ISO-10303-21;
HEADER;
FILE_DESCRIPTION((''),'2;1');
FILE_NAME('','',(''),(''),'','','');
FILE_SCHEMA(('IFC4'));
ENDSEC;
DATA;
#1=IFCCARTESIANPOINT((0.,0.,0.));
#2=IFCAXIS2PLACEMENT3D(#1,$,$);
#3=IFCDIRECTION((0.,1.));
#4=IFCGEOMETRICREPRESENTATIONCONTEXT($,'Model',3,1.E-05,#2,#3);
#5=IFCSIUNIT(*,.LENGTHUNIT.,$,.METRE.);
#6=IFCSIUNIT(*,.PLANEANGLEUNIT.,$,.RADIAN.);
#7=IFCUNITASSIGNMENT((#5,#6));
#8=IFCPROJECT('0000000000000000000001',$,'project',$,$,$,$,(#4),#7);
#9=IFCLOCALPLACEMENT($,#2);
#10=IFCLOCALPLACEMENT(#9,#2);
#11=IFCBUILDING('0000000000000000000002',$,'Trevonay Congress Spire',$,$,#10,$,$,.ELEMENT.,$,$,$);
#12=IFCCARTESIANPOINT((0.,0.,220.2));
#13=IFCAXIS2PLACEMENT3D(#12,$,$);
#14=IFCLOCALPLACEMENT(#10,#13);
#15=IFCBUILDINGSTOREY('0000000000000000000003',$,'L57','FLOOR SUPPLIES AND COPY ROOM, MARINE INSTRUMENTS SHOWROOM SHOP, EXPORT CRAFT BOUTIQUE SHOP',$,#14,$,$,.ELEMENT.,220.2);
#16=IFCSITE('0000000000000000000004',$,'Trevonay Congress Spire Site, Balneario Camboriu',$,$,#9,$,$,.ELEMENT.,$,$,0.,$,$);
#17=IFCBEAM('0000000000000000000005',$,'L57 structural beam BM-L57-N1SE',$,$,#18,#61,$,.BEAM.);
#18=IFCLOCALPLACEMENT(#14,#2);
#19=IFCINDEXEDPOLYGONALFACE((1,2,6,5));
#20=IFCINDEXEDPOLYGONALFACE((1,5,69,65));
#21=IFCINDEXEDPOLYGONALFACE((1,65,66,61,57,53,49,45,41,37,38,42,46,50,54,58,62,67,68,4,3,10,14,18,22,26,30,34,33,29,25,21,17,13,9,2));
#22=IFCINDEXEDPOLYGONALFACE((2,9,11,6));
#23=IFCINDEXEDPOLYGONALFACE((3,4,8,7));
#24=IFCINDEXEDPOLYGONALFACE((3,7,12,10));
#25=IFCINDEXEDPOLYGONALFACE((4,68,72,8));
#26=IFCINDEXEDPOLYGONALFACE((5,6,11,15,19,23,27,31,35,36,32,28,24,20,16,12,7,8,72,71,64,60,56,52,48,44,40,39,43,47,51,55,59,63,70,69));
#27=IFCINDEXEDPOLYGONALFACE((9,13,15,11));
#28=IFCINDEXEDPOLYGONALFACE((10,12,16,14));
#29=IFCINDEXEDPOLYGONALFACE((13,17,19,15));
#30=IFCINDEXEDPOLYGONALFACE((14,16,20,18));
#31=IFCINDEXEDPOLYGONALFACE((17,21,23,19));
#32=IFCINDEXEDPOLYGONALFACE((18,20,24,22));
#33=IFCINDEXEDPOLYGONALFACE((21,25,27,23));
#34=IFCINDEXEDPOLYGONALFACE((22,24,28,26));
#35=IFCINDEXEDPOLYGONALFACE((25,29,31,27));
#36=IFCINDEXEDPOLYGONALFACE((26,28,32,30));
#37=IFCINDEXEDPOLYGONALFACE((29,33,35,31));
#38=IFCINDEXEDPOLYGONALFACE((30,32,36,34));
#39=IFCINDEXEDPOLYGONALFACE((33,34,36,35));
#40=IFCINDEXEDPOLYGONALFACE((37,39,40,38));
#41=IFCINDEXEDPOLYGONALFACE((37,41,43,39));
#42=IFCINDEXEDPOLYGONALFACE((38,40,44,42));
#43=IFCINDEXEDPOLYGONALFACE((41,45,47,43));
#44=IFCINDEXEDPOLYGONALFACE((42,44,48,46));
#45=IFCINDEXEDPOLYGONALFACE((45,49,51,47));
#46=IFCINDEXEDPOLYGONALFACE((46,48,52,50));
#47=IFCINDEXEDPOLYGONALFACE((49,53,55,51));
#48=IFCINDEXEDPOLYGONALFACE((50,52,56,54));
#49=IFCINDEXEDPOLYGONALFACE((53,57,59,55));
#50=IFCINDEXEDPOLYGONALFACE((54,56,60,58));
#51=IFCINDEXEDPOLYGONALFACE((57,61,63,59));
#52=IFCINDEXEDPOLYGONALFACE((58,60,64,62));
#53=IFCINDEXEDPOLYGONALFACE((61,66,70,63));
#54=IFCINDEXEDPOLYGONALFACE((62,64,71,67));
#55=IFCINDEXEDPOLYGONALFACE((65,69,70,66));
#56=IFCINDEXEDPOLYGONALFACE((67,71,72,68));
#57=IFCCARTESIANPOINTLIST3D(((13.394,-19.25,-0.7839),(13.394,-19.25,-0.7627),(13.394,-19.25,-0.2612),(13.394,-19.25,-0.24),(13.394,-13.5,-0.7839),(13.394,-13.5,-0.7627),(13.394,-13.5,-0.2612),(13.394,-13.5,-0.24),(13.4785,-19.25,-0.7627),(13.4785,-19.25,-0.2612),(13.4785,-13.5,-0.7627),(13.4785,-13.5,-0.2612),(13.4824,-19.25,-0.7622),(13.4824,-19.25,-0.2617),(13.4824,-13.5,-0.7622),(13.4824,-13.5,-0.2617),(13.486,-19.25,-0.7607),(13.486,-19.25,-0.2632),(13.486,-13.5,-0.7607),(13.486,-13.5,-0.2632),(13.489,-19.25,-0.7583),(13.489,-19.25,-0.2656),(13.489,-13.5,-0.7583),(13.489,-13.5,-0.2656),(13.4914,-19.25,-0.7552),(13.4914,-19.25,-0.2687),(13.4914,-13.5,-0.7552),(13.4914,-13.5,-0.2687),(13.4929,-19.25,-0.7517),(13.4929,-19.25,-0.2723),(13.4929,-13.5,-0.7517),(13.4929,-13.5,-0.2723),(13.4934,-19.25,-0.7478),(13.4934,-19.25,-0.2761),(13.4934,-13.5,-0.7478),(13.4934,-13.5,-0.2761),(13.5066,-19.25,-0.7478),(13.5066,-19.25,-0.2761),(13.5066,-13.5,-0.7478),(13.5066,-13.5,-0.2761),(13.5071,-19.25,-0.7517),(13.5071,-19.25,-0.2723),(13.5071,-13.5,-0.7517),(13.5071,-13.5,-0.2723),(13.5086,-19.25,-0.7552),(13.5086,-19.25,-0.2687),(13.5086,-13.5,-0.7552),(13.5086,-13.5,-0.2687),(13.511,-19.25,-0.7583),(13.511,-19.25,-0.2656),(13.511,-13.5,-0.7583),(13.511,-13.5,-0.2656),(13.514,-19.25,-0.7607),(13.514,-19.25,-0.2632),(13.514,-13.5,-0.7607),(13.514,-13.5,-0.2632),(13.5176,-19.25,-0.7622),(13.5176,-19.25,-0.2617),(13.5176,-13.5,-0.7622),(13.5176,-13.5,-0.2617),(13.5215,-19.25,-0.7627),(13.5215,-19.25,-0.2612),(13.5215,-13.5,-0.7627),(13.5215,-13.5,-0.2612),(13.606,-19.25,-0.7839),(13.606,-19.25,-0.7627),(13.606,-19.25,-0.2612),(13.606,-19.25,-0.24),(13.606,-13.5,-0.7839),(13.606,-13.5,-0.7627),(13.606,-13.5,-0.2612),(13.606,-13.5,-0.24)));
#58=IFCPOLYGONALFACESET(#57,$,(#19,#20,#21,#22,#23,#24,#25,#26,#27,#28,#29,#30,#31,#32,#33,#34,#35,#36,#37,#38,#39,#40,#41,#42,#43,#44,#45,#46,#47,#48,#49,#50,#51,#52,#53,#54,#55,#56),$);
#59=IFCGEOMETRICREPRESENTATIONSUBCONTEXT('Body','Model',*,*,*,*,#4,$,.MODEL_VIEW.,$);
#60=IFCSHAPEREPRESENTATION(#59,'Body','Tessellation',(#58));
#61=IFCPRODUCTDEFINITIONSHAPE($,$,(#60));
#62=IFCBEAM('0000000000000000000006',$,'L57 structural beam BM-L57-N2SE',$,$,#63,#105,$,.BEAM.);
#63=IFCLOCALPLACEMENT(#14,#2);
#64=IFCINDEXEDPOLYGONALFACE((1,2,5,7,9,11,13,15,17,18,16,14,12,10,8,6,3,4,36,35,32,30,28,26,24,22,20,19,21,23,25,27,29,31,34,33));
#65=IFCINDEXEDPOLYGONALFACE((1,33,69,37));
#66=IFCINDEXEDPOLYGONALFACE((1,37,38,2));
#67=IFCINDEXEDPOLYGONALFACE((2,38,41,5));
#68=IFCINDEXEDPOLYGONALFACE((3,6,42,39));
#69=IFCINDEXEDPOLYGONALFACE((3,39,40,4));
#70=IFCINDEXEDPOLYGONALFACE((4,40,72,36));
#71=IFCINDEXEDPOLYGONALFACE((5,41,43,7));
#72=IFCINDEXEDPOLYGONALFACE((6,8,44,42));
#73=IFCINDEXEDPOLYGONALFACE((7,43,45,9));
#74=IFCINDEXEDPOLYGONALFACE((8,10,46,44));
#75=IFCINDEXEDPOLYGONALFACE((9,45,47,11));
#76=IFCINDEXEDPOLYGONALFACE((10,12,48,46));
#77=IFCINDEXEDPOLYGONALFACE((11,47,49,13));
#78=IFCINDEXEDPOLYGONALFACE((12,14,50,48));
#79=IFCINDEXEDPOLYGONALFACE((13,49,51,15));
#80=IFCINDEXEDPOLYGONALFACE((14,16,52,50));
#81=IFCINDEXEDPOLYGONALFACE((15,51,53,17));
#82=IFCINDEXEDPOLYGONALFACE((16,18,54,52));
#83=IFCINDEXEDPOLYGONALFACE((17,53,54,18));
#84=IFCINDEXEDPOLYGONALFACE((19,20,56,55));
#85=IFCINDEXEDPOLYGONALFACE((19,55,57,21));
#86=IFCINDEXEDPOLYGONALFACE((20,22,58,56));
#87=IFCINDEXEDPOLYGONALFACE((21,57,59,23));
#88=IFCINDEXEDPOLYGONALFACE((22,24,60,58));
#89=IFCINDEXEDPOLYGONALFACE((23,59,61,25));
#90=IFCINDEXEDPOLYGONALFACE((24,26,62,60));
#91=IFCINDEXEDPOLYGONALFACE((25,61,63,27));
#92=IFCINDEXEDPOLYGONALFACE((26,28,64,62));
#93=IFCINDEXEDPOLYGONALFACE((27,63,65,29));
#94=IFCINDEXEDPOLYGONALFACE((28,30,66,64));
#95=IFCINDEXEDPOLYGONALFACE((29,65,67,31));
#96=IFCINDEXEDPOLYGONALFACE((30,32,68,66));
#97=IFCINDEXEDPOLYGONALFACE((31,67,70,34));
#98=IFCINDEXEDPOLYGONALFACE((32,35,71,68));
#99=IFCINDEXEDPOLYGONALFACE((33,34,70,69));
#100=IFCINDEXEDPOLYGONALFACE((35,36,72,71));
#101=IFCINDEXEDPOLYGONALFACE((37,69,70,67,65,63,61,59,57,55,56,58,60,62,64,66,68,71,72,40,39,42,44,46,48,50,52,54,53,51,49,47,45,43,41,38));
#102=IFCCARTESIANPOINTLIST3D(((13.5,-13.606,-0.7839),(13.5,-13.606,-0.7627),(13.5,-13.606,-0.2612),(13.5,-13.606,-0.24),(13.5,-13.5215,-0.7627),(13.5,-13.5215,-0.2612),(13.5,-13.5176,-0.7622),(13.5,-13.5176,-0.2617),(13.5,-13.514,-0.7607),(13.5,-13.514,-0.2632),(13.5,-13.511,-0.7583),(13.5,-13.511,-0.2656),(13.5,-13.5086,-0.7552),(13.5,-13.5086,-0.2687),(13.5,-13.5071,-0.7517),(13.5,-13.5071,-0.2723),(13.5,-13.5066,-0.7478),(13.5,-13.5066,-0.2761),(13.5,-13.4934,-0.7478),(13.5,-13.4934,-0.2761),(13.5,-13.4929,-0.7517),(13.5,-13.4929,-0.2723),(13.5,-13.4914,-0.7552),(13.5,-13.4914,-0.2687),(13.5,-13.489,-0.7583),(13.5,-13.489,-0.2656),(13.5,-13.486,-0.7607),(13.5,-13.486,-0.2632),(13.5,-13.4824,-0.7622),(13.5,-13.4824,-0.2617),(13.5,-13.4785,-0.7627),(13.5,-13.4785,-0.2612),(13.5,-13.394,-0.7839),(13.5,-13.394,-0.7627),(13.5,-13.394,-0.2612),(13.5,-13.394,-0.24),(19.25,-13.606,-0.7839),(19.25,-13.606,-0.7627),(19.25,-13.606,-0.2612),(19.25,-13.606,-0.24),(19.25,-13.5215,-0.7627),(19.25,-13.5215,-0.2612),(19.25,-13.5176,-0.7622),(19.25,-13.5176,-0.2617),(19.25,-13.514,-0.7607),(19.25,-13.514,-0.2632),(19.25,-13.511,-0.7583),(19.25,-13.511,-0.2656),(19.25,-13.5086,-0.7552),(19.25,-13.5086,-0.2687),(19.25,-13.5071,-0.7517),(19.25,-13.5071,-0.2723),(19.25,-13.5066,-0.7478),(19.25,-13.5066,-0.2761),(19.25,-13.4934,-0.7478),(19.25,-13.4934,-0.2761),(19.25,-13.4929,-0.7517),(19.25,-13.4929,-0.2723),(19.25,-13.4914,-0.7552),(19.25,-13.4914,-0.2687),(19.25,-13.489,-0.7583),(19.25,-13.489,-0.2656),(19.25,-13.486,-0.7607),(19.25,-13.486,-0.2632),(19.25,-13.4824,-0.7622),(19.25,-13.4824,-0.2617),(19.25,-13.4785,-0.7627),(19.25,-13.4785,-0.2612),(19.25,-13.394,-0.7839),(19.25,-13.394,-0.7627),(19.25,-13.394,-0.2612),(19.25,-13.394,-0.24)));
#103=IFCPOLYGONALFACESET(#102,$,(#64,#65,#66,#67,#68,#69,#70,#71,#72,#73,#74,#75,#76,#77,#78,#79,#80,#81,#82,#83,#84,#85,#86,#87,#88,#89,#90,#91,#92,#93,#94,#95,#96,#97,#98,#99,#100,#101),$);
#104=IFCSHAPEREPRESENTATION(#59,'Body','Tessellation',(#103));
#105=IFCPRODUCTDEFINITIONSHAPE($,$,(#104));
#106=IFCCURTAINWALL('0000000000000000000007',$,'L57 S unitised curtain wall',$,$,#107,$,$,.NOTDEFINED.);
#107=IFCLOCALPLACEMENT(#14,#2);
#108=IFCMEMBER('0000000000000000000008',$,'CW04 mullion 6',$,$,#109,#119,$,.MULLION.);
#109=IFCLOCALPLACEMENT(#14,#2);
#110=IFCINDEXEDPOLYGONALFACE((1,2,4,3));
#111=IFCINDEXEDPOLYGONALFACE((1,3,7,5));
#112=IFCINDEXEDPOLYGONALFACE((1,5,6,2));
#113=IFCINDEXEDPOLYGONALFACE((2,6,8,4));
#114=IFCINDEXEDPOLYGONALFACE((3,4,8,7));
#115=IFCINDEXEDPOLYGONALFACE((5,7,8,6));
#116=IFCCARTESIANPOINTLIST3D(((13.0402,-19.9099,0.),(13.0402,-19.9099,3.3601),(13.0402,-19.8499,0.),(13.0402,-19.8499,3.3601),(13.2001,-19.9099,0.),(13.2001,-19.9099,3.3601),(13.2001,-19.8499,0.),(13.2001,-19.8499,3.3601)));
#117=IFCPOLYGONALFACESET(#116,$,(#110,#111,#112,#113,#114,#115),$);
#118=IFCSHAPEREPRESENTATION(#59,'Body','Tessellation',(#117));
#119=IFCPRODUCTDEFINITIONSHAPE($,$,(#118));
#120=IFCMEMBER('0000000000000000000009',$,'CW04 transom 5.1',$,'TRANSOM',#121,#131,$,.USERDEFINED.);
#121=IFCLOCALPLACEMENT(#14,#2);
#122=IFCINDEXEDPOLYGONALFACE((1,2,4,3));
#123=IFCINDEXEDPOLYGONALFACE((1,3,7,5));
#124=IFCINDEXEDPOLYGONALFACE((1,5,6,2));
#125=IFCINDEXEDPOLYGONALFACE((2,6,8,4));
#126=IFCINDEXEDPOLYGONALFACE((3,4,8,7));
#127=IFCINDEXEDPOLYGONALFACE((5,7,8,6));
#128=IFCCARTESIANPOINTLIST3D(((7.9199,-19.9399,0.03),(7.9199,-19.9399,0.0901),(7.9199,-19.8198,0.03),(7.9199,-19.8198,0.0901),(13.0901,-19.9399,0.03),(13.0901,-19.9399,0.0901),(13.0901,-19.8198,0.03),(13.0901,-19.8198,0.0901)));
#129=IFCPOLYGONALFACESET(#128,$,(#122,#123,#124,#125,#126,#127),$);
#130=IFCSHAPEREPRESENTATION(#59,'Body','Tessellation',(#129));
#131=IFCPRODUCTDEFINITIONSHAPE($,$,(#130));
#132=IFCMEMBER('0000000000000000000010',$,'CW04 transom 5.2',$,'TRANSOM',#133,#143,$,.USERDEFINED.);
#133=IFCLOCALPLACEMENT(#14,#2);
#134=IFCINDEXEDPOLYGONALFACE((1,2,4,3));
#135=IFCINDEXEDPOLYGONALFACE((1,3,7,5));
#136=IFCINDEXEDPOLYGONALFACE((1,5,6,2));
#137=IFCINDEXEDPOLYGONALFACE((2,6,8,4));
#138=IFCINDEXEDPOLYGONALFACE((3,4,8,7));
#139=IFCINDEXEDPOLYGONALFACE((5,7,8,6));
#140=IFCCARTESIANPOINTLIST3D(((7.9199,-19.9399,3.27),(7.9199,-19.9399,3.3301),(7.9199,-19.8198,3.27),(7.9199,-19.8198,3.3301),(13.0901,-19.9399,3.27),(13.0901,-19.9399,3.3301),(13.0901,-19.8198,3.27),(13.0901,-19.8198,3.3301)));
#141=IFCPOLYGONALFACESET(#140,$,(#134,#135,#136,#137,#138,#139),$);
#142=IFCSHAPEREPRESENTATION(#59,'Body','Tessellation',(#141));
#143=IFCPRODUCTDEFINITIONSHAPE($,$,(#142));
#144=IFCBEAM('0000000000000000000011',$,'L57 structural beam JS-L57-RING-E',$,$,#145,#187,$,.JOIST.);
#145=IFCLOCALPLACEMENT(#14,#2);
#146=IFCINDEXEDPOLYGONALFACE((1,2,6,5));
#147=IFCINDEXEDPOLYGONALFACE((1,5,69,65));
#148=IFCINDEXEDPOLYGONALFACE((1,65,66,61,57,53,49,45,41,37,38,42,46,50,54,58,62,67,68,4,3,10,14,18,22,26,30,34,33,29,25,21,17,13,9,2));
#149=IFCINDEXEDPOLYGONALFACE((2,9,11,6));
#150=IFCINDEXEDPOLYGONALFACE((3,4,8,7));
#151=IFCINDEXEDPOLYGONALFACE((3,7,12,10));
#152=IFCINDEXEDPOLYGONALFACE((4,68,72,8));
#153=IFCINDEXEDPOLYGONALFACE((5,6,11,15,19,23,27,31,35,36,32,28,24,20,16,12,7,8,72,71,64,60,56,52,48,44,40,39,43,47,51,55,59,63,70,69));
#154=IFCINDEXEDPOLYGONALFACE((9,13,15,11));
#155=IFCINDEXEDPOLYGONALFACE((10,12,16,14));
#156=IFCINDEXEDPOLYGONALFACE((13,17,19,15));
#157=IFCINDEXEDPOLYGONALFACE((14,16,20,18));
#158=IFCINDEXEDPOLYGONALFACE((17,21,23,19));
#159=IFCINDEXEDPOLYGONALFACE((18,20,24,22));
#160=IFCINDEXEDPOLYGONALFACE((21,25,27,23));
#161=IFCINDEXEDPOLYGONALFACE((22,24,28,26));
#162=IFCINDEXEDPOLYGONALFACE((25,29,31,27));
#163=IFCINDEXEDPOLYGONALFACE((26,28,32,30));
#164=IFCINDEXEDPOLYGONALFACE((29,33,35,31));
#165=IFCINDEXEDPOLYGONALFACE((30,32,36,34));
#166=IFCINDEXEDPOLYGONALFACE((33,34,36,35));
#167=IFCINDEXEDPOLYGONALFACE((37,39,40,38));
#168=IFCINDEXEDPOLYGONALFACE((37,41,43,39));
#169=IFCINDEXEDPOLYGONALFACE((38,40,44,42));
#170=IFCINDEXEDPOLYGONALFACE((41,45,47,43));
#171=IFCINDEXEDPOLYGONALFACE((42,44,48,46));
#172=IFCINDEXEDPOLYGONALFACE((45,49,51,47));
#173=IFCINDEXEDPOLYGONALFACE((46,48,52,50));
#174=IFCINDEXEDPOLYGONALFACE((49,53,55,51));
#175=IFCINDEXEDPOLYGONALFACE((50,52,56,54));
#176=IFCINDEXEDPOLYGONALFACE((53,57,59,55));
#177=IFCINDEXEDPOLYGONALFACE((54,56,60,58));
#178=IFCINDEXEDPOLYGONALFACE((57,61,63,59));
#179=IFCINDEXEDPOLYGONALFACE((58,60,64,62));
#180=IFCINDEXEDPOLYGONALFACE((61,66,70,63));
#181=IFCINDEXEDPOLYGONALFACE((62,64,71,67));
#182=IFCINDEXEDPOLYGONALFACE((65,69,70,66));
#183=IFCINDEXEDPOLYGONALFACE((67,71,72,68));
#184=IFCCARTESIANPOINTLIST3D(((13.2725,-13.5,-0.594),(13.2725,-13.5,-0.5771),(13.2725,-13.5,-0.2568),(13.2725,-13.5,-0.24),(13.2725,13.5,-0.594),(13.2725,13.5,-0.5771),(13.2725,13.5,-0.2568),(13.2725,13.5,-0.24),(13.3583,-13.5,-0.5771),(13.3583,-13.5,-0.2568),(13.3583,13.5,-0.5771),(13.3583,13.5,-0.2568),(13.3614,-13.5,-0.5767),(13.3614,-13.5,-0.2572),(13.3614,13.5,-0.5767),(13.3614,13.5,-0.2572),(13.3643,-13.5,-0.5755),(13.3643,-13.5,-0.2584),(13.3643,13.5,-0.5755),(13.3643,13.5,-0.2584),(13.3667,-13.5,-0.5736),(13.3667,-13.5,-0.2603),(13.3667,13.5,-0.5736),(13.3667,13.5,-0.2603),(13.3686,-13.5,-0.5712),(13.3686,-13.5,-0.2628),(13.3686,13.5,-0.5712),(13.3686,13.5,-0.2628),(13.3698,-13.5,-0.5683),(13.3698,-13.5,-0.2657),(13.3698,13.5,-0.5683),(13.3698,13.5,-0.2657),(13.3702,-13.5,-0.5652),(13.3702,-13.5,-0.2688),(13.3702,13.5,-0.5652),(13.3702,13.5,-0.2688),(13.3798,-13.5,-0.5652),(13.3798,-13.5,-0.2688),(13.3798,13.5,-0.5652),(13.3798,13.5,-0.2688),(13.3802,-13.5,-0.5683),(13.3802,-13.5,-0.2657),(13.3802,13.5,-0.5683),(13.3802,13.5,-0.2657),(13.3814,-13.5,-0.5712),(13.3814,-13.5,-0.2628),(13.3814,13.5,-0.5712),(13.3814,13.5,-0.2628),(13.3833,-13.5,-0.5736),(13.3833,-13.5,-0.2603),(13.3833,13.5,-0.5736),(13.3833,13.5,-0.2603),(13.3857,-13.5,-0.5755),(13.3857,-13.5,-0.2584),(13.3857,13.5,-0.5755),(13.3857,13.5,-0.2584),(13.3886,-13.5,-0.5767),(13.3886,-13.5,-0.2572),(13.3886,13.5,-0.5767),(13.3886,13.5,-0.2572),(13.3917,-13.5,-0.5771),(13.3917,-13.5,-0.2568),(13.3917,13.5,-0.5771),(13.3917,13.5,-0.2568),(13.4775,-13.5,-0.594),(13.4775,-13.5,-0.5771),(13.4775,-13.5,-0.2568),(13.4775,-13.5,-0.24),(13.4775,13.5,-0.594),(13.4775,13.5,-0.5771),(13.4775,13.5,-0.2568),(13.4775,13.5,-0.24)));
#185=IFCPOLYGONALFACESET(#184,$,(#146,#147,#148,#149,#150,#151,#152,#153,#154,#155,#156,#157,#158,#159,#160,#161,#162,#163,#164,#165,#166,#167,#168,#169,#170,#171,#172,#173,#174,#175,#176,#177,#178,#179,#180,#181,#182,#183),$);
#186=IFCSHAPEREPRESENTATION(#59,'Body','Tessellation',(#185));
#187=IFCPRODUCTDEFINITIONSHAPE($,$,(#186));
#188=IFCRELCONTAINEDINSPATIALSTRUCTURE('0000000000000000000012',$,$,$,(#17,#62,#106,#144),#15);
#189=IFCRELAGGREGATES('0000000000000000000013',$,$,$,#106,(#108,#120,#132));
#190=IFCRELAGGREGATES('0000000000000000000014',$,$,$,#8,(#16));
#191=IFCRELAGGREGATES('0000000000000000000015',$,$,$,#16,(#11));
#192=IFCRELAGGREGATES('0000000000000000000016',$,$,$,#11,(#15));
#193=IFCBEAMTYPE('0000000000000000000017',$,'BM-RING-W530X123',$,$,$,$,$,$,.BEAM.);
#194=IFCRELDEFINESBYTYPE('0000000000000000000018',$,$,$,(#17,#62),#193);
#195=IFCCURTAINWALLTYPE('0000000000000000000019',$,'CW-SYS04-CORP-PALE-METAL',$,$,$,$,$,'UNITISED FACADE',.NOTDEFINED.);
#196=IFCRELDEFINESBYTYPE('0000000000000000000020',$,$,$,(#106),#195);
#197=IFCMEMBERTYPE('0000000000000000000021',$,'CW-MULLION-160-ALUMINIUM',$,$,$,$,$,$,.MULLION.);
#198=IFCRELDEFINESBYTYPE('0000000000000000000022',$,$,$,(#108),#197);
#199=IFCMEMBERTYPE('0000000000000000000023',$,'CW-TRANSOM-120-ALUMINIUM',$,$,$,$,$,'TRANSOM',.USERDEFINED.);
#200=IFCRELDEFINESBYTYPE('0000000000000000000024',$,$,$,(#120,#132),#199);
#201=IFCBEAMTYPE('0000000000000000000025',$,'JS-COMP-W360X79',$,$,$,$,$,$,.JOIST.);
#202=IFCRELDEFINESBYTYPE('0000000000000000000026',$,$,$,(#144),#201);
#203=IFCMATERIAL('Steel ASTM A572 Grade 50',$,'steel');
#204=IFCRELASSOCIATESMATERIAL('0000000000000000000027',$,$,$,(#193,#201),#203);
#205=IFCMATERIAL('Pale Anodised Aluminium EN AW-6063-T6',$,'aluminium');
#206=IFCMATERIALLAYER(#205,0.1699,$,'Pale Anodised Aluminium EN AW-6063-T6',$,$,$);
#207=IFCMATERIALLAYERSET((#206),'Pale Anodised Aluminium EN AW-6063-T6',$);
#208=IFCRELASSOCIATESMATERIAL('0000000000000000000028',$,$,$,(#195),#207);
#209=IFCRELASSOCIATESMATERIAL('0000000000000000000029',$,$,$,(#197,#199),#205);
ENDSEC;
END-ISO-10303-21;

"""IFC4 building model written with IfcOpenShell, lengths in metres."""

from ifc_helpers import new_model, si_unit, direction, frame, origin, origin_2d, place, context, subcontext, project, spatial, rectangle, i_section, extrude, material, layer, layer_set, material_profile, profile_set, type_object, element, aggregate, save


model = new_model("IFC4")

# Units and contexts
model_context = context("Model", 3, precision=1e-05, world=origin(), true_north=direction((0.0, 1.0)))
body_context = subcontext(model_context, "Body", "Model", "MODEL_VIEW")
ifc_project = project(units=[si_unit("LENGTHUNIT", "METRE"), si_unit("PLANEANGLEUNIT", "RADIAN")], contexts=[model_context])

# Site, building, storey
site_placement = place(None, origin())
site = spatial("IfcSite", under=ifc_project, at=site_placement, Name="Trevonay Congress Spire Site, Balneario Camboriu", CompositionType="ELEMENT", RefElevation=0.0)
building_placement = place(site_placement, origin())
building = spatial("IfcBuilding", under=site, at=building_placement, Name="Trevonay Congress Spire", CompositionType="ELEMENT")
storey_placement = place(building_placement, frame((0.0, 0.0, 220.2)))
storey = spatial("IfcBuildingStorey", under=building, at=storey_placement, Name="L57", Description="FLOOR SUPPLIES AND COPY ROOM, MARINE INSTRUMENTS SHOWROOM SHOP, EXPORT CRAFT BOUTIQUE SHOP", CompositionType="ELEMENT", Elevation=220.2)

# Shared definitions
ifc_material_1 = material(Name="Steel ASTM A572 Grade 50", Category="steel")

# Beams
ifc_material_profile_1 = material_profile(ifc_material_1, i_section(OverallWidth=0.2119, OverallDepth=0.5439, WebThickness=0.0132, FlangeThickness=0.0212, FilletRadius=0.0149, at=origin_2d()), Name="W530x123")
ifc_profile_set_1 = profile_set([ifc_material_profile_1], Name="Steel ASTM A572 Grade 50")
beam_type_1 = type_object("IfcBeamType", Name="BM-RING-W530X123", PredefinedType="BEAM", material=ifc_profile_set_1)
for number, where, z_axis, x_axis, name in (
    (1, (13.5, -19.25, -0.512), (0.0, 1.0, 0.0), (-1.0, 0.0, 0.0), "L57 structural beam BM-L57-N1SE"),
    (2, (19.25, -13.5, -0.512), (-1.0, 0.0, 0.0), (0.0, -1.0, 0.0), "L57 structural beam BM-L57-N2SE"),
):
    element("IfcBeam", number, at=place(storey_placement, frame(where, z_axis=z_axis, x_axis=x_axis)), inside=storey, type_object=beam_type_1, Name=name, PredefinedType="BEAM", context=body_context, shape_type="SweptSolid", body=[
        extrude(i_section(OverallWidth=0.2119, OverallDepth=0.5439, WebThickness=0.0132, FlangeThickness=0.0212, FilletRadius=0.0149, at=origin_2d()), origin(), (0.0, 0.0, 1.0), 5.75),
    ])

# Curtain wall, members
ifc_material_2 = material(Name="Pale Anodised Aluminium EN AW-6063-T6", Category="aluminium")
ifc_layer_1 = layer(ifc_material_2, 0.1699, Name="Pale Anodised Aluminium EN AW-6063-T6")
ifc_layer_set_1 = layer_set([ifc_layer_1], Name="Pale Anodised Aluminium EN AW-6063-T6")
curtain_wall_type = type_object("IfcCurtainWallType", Name="CW-SYS04-CORP-PALE-METAL", ElementType="UNITISED FACADE", PredefinedType="NOTDEFINED", material=ifc_layer_set_1)
curtain_wall_placement = place(storey_placement, origin())
curtain_wall = element("IfcCurtainWall", 3, at=curtain_wall_placement, inside=storey, type_object=curtain_wall_type, Name="L57 S unitised curtain wall", PredefinedType="NOTDEFINED")
ifc_material_profile_2 = material_profile(ifc_material_2, rectangle(XDim=0.0601, YDim=0.1599, at=origin_2d()), Name="CW-MULLION-160-ALUMINIUM")
ifc_profile_set_2 = profile_set([ifc_material_profile_2], Name="Pale Anodised Aluminium EN AW-6063-T6")
member_type_1 = type_object("IfcMemberType", Name="CW-MULLION-160-ALUMINIUM", PredefinedType="MULLION", material=ifc_profile_set_2)
member_1_placement = place(storey_placement, frame((13.1201, -19.8799, 0.0), z_axis=(0.0, 0.0, 1.0), x_axis=(0.0, 1.0, 0.0)))
member_1 = element("IfcMember", 4, at=member_1_placement, type_object=member_type_1, Name="CW04 mullion 6", PredefinedType="MULLION", context=body_context, shape_type="SweptSolid", body=[
    extrude(rectangle(XDim=0.0601, YDim=0.1599, at=origin_2d()), origin(), (0.0, 0.0, 1.0), 3.3601),
])
ifc_material_profile_3 = material_profile(ifc_material_2, rectangle(XDim=0.1201, YDim=0.0601, at=origin_2d()), Name="CW-TRANSOM-120-ALUMINIUM")
ifc_profile_set_3 = profile_set([ifc_material_profile_3], Name="Pale Anodised Aluminium EN AW-6063-T6")
member_type_2 = type_object("IfcMemberType", Name="CW-TRANSOM-120-ALUMINIUM", ElementType="TRANSOM", PredefinedType="USERDEFINED", material=ifc_profile_set_3)
member_2_placement = place(storey_placement, frame((7.9199, -19.8799, 0.0601), z_axis=(1.0, 0.0, 0.0), x_axis=(0.0, 1.0, 0.0)))
member_2 = element("IfcMember", 5, at=member_2_placement, type_object=member_type_2, Name="CW04 transom 5.1", ObjectType="TRANSOM", PredefinedType="USERDEFINED", context=body_context, shape_type="SweptSolid", body=[
    extrude(rectangle(XDim=0.1201, YDim=0.0601, at=origin_2d()), origin(), (0.0, 0.0, 1.0), 5.1702),
])
member_3_placement = place(storey_placement, frame((7.9199, -19.8799, 3.3), z_axis=(1.0, 0.0, 0.0), x_axis=(0.0, 1.0, 0.0)))
member_3 = element("IfcMember", 6, at=member_3_placement, type_object=member_type_2, Name="CW04 transom 5.2", ObjectType="TRANSOM", PredefinedType="USERDEFINED", context=body_context, shape_type="SweptSolid", body=[
    extrude(rectangle(XDim=0.1201, YDim=0.0601, at=origin_2d()), origin(), (0.0, 0.0, 1.0), 5.1702),
])

# Beam
ifc_material_profile_4 = material_profile(ifc_material_1, i_section(OverallWidth=0.2051, OverallDepth=0.354, WebThickness=0.0095, FlangeThickness=0.0168, FilletRadius=0.012, at=origin_2d()), Name="W360x79")
ifc_profile_set_4 = profile_set([ifc_material_profile_4], Name="Steel ASTM A572 Grade 50")
beam_type_2 = type_object("IfcBeamType", Name="JS-COMP-W360X79", PredefinedType="JOIST", material=ifc_profile_set_4)
beam_placement = place(storey_placement, frame((13.375, -13.5, -0.417), z_axis=(0.0, 1.0, 0.0), x_axis=(-1.0, 0.0, 0.0)))
element("IfcBeam", 7, at=beam_placement, inside=storey, type_object=beam_type_2, Name="L57 structural beam JS-L57-RING-E", PredefinedType="JOIST", context=body_context, shape_type="SweptSolid", body=[
    extrude(i_section(OverallWidth=0.2051, OverallDepth=0.354, WebThickness=0.0095, FlangeThickness=0.0168, FilletRadius=0.012, at=origin_2d()), origin(), (0.0, 0.0, 1.0), 27.0),
])

aggregate(curtain_wall, [member_1, member_2, member_3])

save(model, "model.ifc")
